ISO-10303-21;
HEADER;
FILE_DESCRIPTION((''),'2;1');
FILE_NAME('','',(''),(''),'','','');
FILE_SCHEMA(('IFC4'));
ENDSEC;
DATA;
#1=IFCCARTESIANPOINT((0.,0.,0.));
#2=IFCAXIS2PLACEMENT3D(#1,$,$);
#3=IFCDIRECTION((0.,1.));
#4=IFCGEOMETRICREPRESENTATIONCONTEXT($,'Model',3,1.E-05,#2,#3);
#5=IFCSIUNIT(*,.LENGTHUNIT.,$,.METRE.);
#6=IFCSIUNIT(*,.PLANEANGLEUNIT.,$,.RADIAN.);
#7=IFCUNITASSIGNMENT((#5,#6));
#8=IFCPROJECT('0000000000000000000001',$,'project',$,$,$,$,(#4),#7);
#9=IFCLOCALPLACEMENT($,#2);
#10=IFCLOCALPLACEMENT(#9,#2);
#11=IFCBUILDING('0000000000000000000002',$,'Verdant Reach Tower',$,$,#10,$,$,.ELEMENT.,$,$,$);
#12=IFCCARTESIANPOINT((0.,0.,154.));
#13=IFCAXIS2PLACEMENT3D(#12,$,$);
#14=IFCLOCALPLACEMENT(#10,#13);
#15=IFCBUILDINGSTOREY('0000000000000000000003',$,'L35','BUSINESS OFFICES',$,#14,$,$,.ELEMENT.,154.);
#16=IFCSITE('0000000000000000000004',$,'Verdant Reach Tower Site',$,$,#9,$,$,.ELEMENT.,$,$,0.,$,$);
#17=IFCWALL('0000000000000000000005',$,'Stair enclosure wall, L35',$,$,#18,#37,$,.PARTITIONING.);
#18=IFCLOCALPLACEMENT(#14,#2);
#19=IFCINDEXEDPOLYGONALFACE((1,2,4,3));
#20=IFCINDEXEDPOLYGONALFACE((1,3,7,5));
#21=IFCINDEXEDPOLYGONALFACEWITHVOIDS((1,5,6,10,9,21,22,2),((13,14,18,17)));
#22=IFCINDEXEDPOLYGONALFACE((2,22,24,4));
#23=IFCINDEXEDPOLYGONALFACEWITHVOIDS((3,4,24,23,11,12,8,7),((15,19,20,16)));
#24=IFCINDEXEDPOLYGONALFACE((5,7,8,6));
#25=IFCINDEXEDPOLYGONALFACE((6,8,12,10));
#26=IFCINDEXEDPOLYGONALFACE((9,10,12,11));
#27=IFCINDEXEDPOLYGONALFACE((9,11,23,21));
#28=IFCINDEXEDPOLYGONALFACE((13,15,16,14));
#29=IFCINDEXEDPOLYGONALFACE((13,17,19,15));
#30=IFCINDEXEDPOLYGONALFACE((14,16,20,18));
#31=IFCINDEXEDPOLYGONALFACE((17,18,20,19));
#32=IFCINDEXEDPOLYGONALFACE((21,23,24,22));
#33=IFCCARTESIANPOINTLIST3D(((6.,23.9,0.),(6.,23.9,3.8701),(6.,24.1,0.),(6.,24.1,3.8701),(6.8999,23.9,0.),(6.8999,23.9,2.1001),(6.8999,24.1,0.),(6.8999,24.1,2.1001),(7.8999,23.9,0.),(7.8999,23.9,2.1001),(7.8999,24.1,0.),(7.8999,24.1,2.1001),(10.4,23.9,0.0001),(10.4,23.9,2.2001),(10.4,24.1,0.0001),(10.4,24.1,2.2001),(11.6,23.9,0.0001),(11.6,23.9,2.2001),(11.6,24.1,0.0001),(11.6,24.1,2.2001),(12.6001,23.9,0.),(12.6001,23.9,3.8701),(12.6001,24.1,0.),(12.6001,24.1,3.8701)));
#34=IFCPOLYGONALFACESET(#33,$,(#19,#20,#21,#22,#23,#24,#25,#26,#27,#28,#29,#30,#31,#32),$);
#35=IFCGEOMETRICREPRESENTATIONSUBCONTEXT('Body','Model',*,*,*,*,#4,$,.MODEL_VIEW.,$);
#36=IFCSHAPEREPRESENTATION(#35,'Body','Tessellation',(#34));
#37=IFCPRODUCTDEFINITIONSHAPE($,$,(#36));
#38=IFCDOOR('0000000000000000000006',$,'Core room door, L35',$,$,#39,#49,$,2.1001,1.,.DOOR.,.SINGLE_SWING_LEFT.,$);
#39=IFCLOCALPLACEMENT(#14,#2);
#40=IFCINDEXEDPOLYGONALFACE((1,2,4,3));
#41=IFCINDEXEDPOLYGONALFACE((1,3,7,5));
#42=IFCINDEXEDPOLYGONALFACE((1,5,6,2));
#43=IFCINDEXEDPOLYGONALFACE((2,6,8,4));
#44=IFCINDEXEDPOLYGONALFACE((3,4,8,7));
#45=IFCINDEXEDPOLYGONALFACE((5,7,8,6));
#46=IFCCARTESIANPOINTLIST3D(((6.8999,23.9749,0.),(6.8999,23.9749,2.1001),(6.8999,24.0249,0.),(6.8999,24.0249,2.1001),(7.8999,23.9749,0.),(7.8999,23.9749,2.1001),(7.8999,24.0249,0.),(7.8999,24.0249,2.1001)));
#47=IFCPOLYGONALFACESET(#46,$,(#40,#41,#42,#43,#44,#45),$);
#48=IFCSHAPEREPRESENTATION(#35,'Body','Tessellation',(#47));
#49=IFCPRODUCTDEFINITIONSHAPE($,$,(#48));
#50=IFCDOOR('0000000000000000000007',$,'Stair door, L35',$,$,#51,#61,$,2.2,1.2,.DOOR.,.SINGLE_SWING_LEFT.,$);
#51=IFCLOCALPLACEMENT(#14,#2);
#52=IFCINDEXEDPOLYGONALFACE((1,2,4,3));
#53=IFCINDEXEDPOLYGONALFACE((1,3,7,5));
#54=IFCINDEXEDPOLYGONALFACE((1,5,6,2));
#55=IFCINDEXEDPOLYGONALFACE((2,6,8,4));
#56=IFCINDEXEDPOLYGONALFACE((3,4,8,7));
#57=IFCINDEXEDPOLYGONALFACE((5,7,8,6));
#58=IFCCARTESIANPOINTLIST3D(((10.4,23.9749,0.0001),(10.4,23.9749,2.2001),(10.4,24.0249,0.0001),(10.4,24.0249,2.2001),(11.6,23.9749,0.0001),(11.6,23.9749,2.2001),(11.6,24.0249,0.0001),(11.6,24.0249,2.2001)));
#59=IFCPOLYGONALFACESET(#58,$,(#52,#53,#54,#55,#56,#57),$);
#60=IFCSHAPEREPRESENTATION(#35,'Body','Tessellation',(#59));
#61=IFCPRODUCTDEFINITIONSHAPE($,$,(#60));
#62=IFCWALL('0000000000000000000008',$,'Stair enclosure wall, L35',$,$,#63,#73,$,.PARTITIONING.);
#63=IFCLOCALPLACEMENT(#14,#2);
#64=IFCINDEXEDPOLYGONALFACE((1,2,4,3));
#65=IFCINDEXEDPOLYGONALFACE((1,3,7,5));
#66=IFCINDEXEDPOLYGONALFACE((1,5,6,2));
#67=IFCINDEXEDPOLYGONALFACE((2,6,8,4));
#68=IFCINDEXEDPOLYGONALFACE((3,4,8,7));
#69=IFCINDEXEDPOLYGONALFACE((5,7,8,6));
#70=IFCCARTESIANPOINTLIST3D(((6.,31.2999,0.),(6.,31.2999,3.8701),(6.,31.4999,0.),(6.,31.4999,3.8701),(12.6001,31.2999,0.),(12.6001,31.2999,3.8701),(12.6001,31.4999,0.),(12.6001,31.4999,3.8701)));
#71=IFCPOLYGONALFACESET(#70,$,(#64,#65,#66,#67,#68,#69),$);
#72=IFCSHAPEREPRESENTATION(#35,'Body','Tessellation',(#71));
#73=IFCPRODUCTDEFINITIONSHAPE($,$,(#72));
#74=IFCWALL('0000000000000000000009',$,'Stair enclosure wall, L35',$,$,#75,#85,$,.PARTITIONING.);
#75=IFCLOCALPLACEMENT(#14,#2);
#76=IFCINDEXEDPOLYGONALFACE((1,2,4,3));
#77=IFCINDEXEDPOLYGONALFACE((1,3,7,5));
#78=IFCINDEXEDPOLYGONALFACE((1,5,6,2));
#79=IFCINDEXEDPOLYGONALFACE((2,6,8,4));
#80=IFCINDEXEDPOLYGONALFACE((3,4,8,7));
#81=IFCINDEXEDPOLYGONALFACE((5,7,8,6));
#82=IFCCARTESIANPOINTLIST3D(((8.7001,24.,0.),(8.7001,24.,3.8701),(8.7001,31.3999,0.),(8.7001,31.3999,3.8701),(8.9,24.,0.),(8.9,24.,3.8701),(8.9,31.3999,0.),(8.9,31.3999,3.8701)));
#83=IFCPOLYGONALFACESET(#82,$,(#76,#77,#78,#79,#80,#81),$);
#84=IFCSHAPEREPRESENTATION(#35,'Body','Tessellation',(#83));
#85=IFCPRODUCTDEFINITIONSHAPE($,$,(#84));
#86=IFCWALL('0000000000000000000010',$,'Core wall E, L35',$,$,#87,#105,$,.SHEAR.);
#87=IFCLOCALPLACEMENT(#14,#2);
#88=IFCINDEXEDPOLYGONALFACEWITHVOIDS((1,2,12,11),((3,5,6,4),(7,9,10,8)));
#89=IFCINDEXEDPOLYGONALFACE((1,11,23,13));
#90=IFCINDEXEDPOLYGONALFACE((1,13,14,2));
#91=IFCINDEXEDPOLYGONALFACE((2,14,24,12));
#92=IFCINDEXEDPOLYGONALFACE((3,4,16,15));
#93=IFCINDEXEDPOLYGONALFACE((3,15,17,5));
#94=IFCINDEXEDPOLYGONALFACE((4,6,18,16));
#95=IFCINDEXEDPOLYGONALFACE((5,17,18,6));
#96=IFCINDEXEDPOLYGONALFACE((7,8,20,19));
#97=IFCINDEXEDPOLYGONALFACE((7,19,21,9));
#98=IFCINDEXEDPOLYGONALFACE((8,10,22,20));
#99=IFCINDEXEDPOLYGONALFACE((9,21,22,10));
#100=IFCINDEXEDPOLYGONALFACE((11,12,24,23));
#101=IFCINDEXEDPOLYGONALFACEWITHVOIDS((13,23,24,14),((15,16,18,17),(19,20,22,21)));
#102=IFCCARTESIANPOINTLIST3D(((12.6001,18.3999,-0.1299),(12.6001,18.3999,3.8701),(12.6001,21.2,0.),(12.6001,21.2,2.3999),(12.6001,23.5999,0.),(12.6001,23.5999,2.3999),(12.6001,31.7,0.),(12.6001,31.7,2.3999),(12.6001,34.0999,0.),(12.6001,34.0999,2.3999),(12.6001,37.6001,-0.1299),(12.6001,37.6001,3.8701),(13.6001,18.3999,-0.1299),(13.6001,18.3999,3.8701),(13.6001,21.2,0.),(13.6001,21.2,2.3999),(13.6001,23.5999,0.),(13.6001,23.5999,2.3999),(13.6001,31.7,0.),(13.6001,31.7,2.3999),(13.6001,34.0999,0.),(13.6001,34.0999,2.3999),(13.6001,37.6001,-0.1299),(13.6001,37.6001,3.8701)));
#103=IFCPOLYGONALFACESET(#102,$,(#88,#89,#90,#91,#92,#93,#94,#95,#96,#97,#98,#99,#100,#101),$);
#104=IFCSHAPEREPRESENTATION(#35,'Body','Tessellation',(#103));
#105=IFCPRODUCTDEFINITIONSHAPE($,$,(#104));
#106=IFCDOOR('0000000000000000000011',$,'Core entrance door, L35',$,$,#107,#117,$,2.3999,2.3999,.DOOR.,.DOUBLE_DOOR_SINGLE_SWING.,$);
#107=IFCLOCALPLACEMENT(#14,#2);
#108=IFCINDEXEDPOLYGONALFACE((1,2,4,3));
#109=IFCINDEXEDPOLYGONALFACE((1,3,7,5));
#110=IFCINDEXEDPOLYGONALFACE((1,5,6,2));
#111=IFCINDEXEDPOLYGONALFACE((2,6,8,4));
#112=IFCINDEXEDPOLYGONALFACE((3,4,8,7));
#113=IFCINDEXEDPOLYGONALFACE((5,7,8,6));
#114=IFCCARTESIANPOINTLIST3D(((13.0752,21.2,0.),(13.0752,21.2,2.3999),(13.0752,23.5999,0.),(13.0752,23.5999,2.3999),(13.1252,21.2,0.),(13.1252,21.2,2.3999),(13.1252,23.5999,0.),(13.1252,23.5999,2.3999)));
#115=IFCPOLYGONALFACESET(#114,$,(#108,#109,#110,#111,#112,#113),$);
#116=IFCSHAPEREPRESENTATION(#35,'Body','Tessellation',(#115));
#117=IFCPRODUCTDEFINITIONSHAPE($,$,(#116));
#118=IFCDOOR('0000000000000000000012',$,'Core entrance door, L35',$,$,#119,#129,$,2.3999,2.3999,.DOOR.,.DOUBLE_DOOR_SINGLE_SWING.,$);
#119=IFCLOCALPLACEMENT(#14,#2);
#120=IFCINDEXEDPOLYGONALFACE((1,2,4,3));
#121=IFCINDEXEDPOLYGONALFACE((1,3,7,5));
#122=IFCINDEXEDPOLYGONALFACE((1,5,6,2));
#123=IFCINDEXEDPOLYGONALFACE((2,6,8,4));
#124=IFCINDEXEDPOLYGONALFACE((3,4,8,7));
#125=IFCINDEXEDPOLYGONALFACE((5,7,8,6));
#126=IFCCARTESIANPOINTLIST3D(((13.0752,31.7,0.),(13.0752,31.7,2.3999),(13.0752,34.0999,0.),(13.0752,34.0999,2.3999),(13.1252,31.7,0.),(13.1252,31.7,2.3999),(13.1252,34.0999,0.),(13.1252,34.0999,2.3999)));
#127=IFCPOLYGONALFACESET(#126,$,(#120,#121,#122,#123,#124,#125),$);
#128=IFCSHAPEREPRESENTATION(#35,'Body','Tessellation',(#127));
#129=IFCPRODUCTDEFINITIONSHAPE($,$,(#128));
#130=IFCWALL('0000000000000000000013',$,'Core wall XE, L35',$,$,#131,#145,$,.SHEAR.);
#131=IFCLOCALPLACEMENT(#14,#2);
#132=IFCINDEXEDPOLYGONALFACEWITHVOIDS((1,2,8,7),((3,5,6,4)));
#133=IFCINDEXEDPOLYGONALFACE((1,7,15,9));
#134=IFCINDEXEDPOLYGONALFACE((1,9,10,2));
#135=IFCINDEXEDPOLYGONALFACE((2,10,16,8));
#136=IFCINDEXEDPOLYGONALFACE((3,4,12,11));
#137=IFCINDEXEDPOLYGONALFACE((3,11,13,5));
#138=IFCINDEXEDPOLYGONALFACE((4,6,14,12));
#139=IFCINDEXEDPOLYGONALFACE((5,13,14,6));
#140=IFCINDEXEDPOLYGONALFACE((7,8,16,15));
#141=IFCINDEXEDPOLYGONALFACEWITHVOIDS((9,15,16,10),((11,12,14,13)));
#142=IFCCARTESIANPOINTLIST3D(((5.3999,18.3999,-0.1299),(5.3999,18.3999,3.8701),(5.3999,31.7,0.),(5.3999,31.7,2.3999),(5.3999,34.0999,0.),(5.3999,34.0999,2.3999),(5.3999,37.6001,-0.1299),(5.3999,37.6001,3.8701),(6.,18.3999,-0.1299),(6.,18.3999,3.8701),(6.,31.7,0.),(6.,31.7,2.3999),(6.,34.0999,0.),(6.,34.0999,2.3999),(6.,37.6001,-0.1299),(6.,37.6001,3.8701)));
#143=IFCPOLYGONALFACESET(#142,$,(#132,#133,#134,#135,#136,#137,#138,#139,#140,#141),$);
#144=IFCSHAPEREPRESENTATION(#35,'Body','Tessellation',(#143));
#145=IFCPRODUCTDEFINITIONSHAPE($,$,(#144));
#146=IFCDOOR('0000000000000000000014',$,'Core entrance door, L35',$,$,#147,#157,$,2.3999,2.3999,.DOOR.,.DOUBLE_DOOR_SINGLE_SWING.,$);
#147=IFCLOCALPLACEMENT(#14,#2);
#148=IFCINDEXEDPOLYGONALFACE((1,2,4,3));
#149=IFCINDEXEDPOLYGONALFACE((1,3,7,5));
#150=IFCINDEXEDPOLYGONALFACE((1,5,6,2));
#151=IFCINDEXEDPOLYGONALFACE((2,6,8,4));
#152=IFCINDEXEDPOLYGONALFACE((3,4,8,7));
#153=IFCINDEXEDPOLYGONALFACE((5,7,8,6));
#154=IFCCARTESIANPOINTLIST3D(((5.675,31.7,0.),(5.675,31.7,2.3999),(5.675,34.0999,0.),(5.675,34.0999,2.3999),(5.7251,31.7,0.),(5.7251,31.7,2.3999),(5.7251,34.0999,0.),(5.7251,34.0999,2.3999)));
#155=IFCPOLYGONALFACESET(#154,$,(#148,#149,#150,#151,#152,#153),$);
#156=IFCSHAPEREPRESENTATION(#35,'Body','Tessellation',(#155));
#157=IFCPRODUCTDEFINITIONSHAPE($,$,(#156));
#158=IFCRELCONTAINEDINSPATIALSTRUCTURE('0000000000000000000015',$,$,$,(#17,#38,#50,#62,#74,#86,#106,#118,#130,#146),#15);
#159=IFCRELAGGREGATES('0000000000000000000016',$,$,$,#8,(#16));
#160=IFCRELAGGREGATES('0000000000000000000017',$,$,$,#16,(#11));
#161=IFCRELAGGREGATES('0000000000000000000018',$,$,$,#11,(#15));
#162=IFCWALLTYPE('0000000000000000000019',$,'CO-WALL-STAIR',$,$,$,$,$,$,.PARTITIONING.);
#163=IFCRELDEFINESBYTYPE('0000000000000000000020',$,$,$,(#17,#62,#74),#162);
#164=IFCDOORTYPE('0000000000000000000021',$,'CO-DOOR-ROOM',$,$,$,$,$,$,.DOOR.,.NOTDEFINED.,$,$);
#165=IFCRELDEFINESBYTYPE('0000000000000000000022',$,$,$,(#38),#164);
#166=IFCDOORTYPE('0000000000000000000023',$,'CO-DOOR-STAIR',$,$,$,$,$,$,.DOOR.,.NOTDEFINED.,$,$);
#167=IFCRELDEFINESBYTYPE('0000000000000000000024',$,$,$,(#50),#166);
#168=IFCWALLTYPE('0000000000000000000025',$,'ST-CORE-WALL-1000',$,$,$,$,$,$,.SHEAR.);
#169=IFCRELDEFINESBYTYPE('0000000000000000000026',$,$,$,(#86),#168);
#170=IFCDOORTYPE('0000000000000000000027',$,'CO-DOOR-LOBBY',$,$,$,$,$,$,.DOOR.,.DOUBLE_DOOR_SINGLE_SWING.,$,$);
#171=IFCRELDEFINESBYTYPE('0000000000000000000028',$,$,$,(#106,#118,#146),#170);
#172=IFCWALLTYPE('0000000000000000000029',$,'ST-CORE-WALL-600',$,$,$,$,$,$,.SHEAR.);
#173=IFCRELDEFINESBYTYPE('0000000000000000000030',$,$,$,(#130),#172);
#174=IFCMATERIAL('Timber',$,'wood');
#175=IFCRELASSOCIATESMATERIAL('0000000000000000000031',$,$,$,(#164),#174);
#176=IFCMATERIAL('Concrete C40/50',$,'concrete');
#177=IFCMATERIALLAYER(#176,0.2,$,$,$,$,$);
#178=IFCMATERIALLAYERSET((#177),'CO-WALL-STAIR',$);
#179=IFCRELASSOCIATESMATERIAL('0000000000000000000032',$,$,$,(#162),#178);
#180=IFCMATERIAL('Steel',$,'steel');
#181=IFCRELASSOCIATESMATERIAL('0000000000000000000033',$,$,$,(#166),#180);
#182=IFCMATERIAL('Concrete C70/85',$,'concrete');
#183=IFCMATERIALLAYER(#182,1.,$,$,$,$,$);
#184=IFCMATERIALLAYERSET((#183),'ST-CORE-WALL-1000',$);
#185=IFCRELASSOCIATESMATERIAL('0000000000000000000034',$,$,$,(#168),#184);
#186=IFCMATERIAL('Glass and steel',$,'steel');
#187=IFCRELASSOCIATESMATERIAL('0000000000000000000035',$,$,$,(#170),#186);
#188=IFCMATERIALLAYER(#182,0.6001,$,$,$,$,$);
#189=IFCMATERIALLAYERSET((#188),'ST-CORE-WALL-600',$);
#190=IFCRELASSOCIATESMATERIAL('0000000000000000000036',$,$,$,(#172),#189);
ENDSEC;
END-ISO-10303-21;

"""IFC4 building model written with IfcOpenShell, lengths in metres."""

from ifc_helpers import new_model, si_unit, direction, frame, frame_2d, origin, place, context, subcontext, project, spatial, rectangle, extrude, material, layer, layer_set, type_object, element, fill, save


model = new_model("IFC4")

# Units and contexts
model_context = context("Model", 3, precision=1e-05, world=origin(), true_north=direction((0.0, 1.0)))
body_context = subcontext(model_context, "Body", "Model", "MODEL_VIEW")
ifc_project = project(units=[si_unit("LENGTHUNIT", "METRE"), si_unit("PLANEANGLEUNIT", "RADIAN")], contexts=[model_context])

# Site, building, storey
site_placement = place(None, origin())
site = spatial("IfcSite", under=ifc_project, at=site_placement, Name="Verdant Reach Tower Site", CompositionType="ELEMENT", RefElevation=0.0)
building_placement = place(site_placement, origin())
building = spatial("IfcBuilding", under=site, at=building_placement, Name="Verdant Reach Tower", CompositionType="ELEMENT")
storey_placement = place(building_placement, frame((0.0, 0.0, 154.0)))
storey = spatial("IfcBuildingStorey", under=building, at=storey_placement, Name="L35", Description="BUSINESS OFFICES", CompositionType="ELEMENT", Elevation=154.0)

# Shared definitions
ifc_material_1 = material(Name="Timber", Category="wood")
door_type_1 = type_object("IfcDoorType", Name="CO-DOOR-ROOM", OperationType="NOTDEFINED", PredefinedType="DOOR", material=ifc_material_1)

# Shared definitions
ifc_material_2 = material(Name="Concrete C40/50", Category="concrete")

# Wall, openings, doors
ifc_layer_1 = layer(ifc_material_2, 0.2)
ifc_layer_set_1 = layer_set([ifc_layer_1], Name="CO-WALL-STAIR")
wall_type_1 = type_object("IfcWallType", Name="CO-WALL-STAIR", PredefinedType="PARTITIONING", material=ifc_layer_set_1)
wall_1_placement = place(storey_placement, frame((6.0, 24.0, 0.0), z_axis=(0.0, 0.0, 1.0), x_axis=(1.0, 0.0, 0.0)))
wall_1 = element("IfcWall", 1, at=wall_1_placement, inside=storey, type_object=wall_type_1, Name="Stair enclosure wall, L35", PredefinedType="PARTITIONING", context=body_context, shape_type="SweptSolid", body=[
    extrude(rectangle(XDim=6.6001, YDim=0.2, at=frame_2d((3.3, 0.0))), origin(), (0.0, 0.0, 1.0), 3.8701),
])
opening_1_placement = place(wall_1_placement, frame((0.8999, 0.0, 0.0)))
opening_1 = element("IfcOpeningElement", 2, at=opening_1_placement, cuts=wall_1, PredefinedType="OPENING", context=body_context, shape_type="SweptSolid", body=[
    extrude(rectangle(XDim=1.0, YDim=2.1001, at=frame_2d((0.5, 1.05))), frame((0.0, 0.1099, 0.0), z_axis=(0.0, -1.0, 0.0), x_axis=(1.0, 0.0, 0.0)), (0.0, 0.0, 1.0), 0.22),
])
opening_2_placement = place(wall_1_placement, frame((4.3999, 0.0, 0.0)))
opening_2 = element("IfcOpeningElement", 3, at=opening_2_placement, cuts=wall_1, PredefinedType="OPENING", context=body_context, shape_type="SweptSolid", body=[
    extrude(rectangle(XDim=1.2, YDim=2.2, at=frame_2d((0.6001, 1.1001))), frame((0.0, 0.1099, 0.0), z_axis=(0.0, -1.0, 0.0), x_axis=(1.0, 0.0, 0.0)), (0.0, 0.0, 1.0), 0.22),
])
door_1_placement = place(opening_1_placement, origin())
door_1 = element("IfcDoor", 4, at=door_1_placement, inside=storey, type_object=door_type_1, Name="Core room door, L35", OperationType="SINGLE_SWING_LEFT", OverallHeight=2.1001, OverallWidth=1.0, PredefinedType="DOOR", context=body_context, shape_type="SweptSolid", body=[
    extrude(rectangle(XDim=1.0, YDim=2.1001, at=frame_2d((0.5, 1.05))), frame((0.0, 0.0249, 0.0), z_axis=(0.0, -1.0, 0.0), x_axis=(1.0, 0.0, 0.0)), (0.0, 0.0, 1.0), 0.05),
])
fill(opening_1, door_1)
ifc_material_3 = material(Name="Steel", Category="steel")
door_type_2 = type_object("IfcDoorType", Name="CO-DOOR-STAIR", OperationType="NOTDEFINED", PredefinedType="DOOR", material=ifc_material_3)
door_2_placement = place(opening_2_placement, origin())
door_2 = element("IfcDoor", 5, at=door_2_placement, inside=storey, type_object=door_type_2, Name="Stair door, L35", OperationType="SINGLE_SWING_LEFT", OverallHeight=2.2, OverallWidth=1.2, PredefinedType="DOOR", context=body_context, shape_type="SweptSolid", body=[
    extrude(rectangle(XDim=1.2, YDim=2.2, at=frame_2d((0.6001, 1.1001))), frame((0.0, 0.0249, 0.0), z_axis=(0.0, -1.0, 0.0), x_axis=(1.0, 0.0, 0.0)), (0.0, 0.0, 1.0), 0.05),
])
fill(opening_2, door_2)

# Walls
wall_2_placement = place(storey_placement, frame((6.0, 31.3999, 0.0), z_axis=(0.0, 0.0, 1.0), x_axis=(1.0, 0.0, 0.0)))
element("IfcWall", 6, at=wall_2_placement, inside=storey, type_object=wall_type_1, Name="Stair enclosure wall, L35", PredefinedType="PARTITIONING", context=body_context, shape_type="SweptSolid", body=[
    extrude(rectangle(XDim=6.6001, YDim=0.2, at=frame_2d((3.3, 0.0))), origin(), (0.0, 0.0, 1.0), 3.8701),
])
wall_3_placement = place(storey_placement, frame((8.8, 24.0, 0.0), z_axis=(0.0, 0.0, 1.0), x_axis=(0.0, 1.0, 0.0)))
element("IfcWall", 7, at=wall_3_placement, inside=storey, type_object=wall_type_1, Name="Stair enclosure wall, L35", PredefinedType="PARTITIONING", context=body_context, shape_type="SweptSolid", body=[
    extrude(rectangle(XDim=7.3999, YDim=0.2, at=frame_2d((3.7, 0.0))), origin(), (0.0, 0.0, 1.0), 3.8701),
])

# Wall, openings, doors
ifc_material_4 = material(Name="Concrete C70/85", Category="concrete")
ifc_layer_2 = layer(ifc_material_4, 1.0)
ifc_layer_set_2 = layer_set([ifc_layer_2], Name="ST-CORE-WALL-1000")
wall_type_2 = type_object("IfcWallType", Name="ST-CORE-WALL-1000", PredefinedType="SHEAR", material=ifc_layer_set_2)
wall_4_placement = place(storey_placement, frame((13.1001, 18.3999, -0.1299), z_axis=(0.0, 0.0, 1.0), x_axis=(0.0, 1.0, 0.0)))
wall_4 = element("IfcWall", 8, at=wall_4_placement, inside=storey, type_object=wall_type_2, Name="Core wall E, L35", PredefinedType="SHEAR", context=body_context, shape_type="SweptSolid", body=[
    extrude(rectangle(XDim=19.2002, YDim=1.0, at=frame_2d((9.6001, 0.0))), origin(), (0.0, 0.0, 1.0), 4.0),
])
opening_3_placement = place(wall_4_placement, frame((2.8, 0.0, 0.1299)))
opening_3 = element("IfcOpeningElement", 9, at=opening_3_placement, cuts=wall_4, PredefinedType="OPENING", context=body_context, shape_type="SweptSolid", body=[
    extrude(rectangle(XDim=2.3999, YDim=2.3999, at=frame_2d((1.2, 1.2))), frame((0.0, 0.51, 0.0), z_axis=(0.0, -1.0, 0.0), x_axis=(1.0, 0.0, 0.0)), (0.0, 0.0, 1.0), 1.02),
])
opening_4_placement = place(wall_4_placement, frame((13.3, 0.0, 0.1299)))
opening_4 = element("IfcOpeningElement", 10, at=opening_4_placement, cuts=wall_4, PredefinedType="OPENING", context=body_context, shape_type="SweptSolid", body=[
    extrude(rectangle(XDim=2.3999, YDim=2.3999, at=frame_2d((1.2, 1.2))), frame((0.0, 0.51, 0.0), z_axis=(0.0, -1.0, 0.0), x_axis=(1.0, 0.0, 0.0)), (0.0, 0.0, 1.0), 1.02),
])
ifc_material_5 = material(Name="Glass and steel", Category="steel")
door_type_3 = type_object("IfcDoorType", Name="CO-DOOR-LOBBY", OperationType="DOUBLE_DOOR_SINGLE_SWING", PredefinedType="DOOR", material=ifc_material_5)
door_3_placement = place(opening_3_placement, origin())
door_3 = element("IfcDoor", 11, at=door_3_placement, inside=storey, type_object=door_type_3, Name="Core entrance door, L35", OperationType="DOUBLE_DOOR_SINGLE_SWING", OverallHeight=2.3999, OverallWidth=2.3999, PredefinedType="DOOR", context=body_context, shape_type="SweptSolid", body=[
    extrude(rectangle(XDim=2.3999, YDim=2.3999, at=frame_2d((1.2, 1.2))), frame((0.0, 0.0249, 0.0), z_axis=(0.0, -1.0, 0.0), x_axis=(1.0, 0.0, 0.0)), (0.0, 0.0, 1.0), 0.05),
])
fill(opening_3, door_3)
door_4_placement = place(opening_4_placement, origin())
door_4 = element("IfcDoor", 12, at=door_4_placement, inside=storey, type_object=door_type_3, Name="Core entrance door, L35", OperationType="DOUBLE_DOOR_SINGLE_SWING", OverallHeight=2.3999, OverallWidth=2.3999, PredefinedType="DOOR", context=body_context, shape_type="SweptSolid", body=[
    extrude(rectangle(XDim=2.3999, YDim=2.3999, at=frame_2d((1.2, 1.2))), frame((0.0, 0.0249, 0.0), z_axis=(0.0, -1.0, 0.0), x_axis=(1.0, 0.0, 0.0)), (0.0, 0.0, 1.0), 0.05),
])
fill(opening_4, door_4)

# Wall, opening, door
ifc_layer_3 = layer(ifc_material_4, 0.6001)
ifc_layer_set_3 = layer_set([ifc_layer_3], Name="ST-CORE-WALL-600")
wall_type_3 = type_object("IfcWallType", Name="ST-CORE-WALL-600", PredefinedType="SHEAR", material=ifc_layer_set_3)
wall_5_placement = place(storey_placement, frame((5.7, 18.3999, -0.1299), z_axis=(0.0, 0.0, 1.0), x_axis=(0.0, 1.0, 0.0)))
wall_5 = element("IfcWall", 13, at=wall_5_placement, inside=storey, type_object=wall_type_3, Name="Core wall XE, L35", PredefinedType="SHEAR", context=body_context, shape_type="SweptSolid", body=[
    extrude(rectangle(XDim=19.2002, YDim=0.6001, at=frame_2d((9.6001, 0.0))), origin(), (0.0, 0.0, 1.0), 4.0),
])
opening_5_placement = place(wall_5_placement, frame((13.3, 0.0, 0.1299)))
opening_5 = element("IfcOpeningElement", 14, at=opening_5_placement, cuts=wall_5, PredefinedType="OPENING", context=body_context, shape_type="SweptSolid", body=[
    extrude(rectangle(XDim=2.3999, YDim=2.3999, at=frame_2d((1.2, 1.2))), frame((0.0, 0.3101, 0.0), z_axis=(0.0, -1.0, 0.0), x_axis=(1.0, 0.0, 0.0)), (0.0, 0.0, 1.0), 0.6201),
])
door_5_placement = place(opening_5_placement, origin())
door_5 = element("IfcDoor", 15, at=door_5_placement, inside=storey, type_object=door_type_3, Name="Core entrance door, L35", OperationType="DOUBLE_DOOR_SINGLE_SWING", OverallHeight=2.3999, OverallWidth=2.3999, PredefinedType="DOOR", context=body_context, shape_type="SweptSolid", body=[
    extrude(rectangle(XDim=2.3999, YDim=2.3999, at=frame_2d((1.2, 1.2))), frame((0.0, 0.0249, 0.0), z_axis=(0.0, -1.0, 0.0), x_axis=(1.0, 0.0, 0.0)), (0.0, 0.0, 1.0), 0.05),
])
fill(opening_5, door_5)

save(model, "model.ifc")
